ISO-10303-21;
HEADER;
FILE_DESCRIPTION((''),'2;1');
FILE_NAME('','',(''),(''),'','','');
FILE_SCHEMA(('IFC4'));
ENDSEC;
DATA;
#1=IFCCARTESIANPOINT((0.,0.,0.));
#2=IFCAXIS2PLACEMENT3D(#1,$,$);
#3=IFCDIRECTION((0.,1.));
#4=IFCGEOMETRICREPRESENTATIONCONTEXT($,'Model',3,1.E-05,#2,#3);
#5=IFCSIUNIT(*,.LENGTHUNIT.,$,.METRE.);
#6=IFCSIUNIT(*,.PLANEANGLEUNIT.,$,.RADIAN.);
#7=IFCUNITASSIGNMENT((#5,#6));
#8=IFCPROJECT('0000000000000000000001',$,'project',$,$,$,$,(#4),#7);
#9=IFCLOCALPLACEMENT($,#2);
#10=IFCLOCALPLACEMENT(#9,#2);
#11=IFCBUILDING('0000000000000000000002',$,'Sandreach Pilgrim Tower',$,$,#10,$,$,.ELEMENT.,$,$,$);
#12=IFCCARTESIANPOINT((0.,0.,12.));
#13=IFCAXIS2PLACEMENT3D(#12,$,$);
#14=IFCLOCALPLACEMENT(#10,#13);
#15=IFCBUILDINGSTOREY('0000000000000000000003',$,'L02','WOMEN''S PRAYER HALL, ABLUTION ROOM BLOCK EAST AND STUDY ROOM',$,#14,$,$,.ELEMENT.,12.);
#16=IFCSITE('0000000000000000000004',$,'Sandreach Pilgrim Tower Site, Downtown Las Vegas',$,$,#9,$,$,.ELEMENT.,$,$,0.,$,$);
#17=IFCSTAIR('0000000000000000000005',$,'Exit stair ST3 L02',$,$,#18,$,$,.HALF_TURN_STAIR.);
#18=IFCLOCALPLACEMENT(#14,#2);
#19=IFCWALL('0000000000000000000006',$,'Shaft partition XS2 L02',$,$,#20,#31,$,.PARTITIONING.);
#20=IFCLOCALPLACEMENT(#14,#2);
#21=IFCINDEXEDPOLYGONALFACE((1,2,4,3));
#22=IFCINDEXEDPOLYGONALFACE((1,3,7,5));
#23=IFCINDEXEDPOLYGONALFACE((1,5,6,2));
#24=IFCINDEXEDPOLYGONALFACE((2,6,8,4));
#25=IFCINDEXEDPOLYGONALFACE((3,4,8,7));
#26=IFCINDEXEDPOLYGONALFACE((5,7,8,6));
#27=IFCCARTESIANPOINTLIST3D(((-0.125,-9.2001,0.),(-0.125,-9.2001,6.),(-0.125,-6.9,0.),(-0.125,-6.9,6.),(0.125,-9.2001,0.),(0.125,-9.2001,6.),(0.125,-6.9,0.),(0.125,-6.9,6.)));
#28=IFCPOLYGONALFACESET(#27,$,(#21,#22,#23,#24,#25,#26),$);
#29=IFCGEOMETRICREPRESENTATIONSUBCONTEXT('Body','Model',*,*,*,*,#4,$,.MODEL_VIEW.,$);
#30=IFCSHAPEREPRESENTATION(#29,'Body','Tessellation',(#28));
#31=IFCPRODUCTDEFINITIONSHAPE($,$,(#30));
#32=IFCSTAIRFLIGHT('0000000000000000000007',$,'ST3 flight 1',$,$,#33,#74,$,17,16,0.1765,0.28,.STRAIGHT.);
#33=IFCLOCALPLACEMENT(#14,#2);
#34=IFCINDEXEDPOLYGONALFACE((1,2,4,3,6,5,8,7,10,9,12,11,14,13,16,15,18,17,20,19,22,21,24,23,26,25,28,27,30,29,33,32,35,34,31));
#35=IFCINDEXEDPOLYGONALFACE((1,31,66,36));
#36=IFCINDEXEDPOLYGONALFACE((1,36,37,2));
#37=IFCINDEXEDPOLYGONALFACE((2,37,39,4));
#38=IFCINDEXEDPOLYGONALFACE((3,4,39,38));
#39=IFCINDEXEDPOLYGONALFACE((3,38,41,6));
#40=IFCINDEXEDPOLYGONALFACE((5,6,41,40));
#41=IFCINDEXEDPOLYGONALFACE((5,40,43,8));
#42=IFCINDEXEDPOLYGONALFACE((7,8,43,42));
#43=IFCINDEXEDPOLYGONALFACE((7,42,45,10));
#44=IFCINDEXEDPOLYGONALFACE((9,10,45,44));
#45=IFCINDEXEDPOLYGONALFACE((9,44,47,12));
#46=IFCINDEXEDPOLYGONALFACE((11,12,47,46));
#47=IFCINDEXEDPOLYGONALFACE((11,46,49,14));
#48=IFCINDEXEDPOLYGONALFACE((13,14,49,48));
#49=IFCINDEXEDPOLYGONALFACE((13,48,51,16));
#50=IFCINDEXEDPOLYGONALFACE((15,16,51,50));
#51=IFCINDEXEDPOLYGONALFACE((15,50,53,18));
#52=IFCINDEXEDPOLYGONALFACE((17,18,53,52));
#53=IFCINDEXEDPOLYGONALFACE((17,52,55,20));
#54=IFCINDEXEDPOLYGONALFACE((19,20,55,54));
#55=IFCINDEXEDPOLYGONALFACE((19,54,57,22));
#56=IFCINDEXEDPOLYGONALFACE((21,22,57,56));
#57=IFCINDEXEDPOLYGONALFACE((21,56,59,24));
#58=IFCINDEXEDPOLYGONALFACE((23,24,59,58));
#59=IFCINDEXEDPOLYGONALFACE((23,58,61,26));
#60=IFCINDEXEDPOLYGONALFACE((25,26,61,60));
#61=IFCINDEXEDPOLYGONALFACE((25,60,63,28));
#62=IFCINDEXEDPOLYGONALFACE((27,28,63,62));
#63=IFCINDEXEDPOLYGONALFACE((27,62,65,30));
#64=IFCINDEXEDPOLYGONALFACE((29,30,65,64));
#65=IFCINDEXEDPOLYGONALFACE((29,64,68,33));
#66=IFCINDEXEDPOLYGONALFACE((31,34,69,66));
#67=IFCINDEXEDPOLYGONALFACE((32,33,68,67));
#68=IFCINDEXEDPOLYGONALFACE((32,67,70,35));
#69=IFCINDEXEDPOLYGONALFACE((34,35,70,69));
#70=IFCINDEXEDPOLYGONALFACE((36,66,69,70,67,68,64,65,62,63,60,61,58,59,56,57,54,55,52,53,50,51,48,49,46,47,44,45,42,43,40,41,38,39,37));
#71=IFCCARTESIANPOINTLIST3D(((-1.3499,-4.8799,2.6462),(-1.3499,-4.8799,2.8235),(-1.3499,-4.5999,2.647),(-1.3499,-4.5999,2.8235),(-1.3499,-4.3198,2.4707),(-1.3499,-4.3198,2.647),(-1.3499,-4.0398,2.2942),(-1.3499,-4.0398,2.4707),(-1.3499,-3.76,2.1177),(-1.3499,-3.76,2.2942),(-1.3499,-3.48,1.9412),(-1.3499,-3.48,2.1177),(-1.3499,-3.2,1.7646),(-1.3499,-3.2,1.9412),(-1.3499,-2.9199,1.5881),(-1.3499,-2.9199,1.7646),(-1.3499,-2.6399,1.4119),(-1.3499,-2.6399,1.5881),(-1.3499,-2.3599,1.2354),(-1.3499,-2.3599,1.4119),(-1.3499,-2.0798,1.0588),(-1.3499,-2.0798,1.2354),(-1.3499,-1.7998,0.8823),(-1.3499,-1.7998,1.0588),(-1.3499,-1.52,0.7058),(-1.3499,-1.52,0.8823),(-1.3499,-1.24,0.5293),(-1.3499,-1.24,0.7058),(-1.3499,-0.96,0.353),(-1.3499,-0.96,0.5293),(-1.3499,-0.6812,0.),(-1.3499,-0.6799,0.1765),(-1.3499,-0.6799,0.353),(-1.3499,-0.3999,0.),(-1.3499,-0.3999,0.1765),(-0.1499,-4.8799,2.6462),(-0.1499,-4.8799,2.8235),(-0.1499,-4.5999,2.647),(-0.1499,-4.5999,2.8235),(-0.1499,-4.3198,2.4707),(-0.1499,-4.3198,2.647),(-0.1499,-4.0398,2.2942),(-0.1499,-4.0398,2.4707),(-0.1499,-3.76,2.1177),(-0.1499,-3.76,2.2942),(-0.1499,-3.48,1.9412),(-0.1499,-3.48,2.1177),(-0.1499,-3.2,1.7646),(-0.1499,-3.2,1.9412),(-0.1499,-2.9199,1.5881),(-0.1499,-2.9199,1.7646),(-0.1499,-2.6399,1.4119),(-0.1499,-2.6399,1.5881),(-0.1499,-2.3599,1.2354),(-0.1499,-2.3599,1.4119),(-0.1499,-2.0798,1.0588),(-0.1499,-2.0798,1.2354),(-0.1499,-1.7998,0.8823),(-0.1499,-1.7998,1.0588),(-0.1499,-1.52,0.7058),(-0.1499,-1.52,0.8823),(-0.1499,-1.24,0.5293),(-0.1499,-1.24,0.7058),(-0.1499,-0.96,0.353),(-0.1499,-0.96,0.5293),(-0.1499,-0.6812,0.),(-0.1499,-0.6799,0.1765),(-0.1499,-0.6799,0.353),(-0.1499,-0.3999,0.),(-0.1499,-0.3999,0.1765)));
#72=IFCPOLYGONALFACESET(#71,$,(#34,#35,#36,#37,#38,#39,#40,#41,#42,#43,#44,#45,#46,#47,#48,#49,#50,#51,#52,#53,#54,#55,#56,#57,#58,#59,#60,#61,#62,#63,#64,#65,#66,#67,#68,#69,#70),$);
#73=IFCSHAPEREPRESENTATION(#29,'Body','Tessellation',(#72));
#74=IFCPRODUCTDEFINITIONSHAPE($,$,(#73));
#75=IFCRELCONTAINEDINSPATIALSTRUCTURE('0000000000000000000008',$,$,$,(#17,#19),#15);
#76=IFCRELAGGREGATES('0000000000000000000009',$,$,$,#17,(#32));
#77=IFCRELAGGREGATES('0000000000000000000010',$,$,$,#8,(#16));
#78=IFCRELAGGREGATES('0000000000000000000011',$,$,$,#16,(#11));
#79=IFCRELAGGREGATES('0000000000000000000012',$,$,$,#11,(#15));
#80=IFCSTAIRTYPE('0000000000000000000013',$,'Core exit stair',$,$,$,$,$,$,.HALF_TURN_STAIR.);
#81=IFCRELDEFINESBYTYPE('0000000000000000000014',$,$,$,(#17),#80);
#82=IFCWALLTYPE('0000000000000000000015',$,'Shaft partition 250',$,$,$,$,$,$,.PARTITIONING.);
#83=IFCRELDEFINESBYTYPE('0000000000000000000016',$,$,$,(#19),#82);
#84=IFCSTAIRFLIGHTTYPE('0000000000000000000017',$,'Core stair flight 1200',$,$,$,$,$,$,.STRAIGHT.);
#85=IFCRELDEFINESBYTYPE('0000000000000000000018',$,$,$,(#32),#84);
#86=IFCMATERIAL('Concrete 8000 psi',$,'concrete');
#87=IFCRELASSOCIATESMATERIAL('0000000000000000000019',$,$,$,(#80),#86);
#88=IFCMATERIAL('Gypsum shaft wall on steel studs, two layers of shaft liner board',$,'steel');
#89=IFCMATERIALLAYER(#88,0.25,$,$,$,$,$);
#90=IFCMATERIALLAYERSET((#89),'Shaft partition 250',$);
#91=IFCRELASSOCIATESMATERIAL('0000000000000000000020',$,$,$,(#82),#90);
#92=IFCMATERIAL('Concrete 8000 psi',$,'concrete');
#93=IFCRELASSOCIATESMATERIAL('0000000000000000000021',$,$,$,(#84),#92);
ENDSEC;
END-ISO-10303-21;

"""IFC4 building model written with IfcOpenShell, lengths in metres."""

from ifc_helpers import new_model, si_unit, direction, frame, frame_2d, origin, place, context, subcontext, project, spatial, polyline, rectangle, outline, extrude, material, layer, layer_set, type_object, element, aggregate, save


model = new_model("IFC4")

# Units and contexts
model_context = context("Model", 3, precision=1e-05, world=origin(), true_north=direction((0.0, 1.0)))
body_context = subcontext(model_context, "Body", "Model", "MODEL_VIEW")
ifc_project = project(units=[si_unit("LENGTHUNIT", "METRE"), si_unit("PLANEANGLEUNIT", "RADIAN")], contexts=[model_context])

# Site, building, storey
site_placement = place(None, origin())
site = spatial("IfcSite", under=ifc_project, at=site_placement, Name="Sandreach Pilgrim Tower Site, Downtown Las Vegas", CompositionType="ELEMENT", RefElevation=0.0)
building_placement = place(site_placement, origin())
building = spatial("IfcBuilding", under=site, at=building_placement, Name="Sandreach Pilgrim Tower", CompositionType="ELEMENT")
storey_placement = place(building_placement, frame((0.0, 0.0, 12.0)))
storey = spatial("IfcBuildingStorey", under=building, at=storey_placement, Name="L02", Description="WOMEN'S PRAYER HALL, ABLUTION ROOM BLOCK EAST AND STUDY ROOM", CompositionType="ELEMENT", Elevation=12.0)

# Stair
ifc_material_1 = material(Name="Concrete 8000 psi", Category="concrete")
stair_type = type_object("IfcStairType", Name="Core exit stair", PredefinedType="HALF_TURN_STAIR", material=ifc_material_1)
stair_1_placement = place(storey_placement, origin())
stair_1 = element("IfcStair", 1, at=stair_1_placement, inside=storey, type_object=stair_type, Name="Exit stair ST3 L02", PredefinedType="HALF_TURN_STAIR")

# Wall
ifc_material_2 = material(Name="Gypsum shaft wall on steel studs, two layers of shaft liner board", Category="steel")
ifc_layer_1 = layer(ifc_material_2, 0.25)
ifc_layer_set_1 = layer_set([ifc_layer_1], Name="Shaft partition 250")
wall_type_1 = type_object("IfcWallType", Name="Shaft partition 250", PredefinedType="PARTITIONING", material=ifc_layer_set_1)
for number, where, z_axis, x_axis, name in (
    (2, (0.0, -9.2, 0.0), (0.0, 0.0, 1.0), (0.0, 1.0, 0.0), "Shaft partition XS2 L02"),
):
    element("IfcWall", number, at=place(storey_placement, frame(where, z_axis=z_axis, x_axis=x_axis)), inside=storey, type_object=wall_type_1, Name=name, PredefinedType="PARTITIONING", context=body_context, shape_type="SweptSolid", body=[
        extrude(rectangle(XDim=2.3, YDim=0.25, at=frame_2d((1.1499, 0.0))), origin(), (0.0, 0.0, 1.0), 6.0),
    ])

# Stair flight
ifc_material_3 = material(Name="Concrete 8000 psi", Category="concrete")
stair_flight_type = type_object("IfcStairFlightType", Name="Core stair flight 1200", PredefinedType="STRAIGHT", material=ifc_material_3)
stair_flight_placement = place(storey_placement, frame((-0.75, -0.3999, 0.0), z_axis=(0.0, 0.0, 1.0), x_axis=(0.0, -1.0, 0.0)))
stair_flight = element("IfcStairFlight", 3, at=stair_flight_placement, type_object=stair_flight_type, Name="ST3 flight 1", NumberOfRisers=17, NumberOfTreads=16, PredefinedType="STRAIGHT", RiserHeight=0.1765, TreadLength=0.28, context=body_context, shape_type="SweptSolid", body=[
    extrude(outline(polyline([(0.0, 0.0), (0.0, 0.1765), (0.28, 0.1765), (0.28, 0.353), (0.5601, 0.353), (0.5601, 0.5293), (0.8401, 0.5293), (0.8401, 0.7058), (1.1201, 0.7058), (1.1201, 0.8823), (1.3999, 0.8823), (1.3999, 1.0588), (1.6799, 1.0588), (1.6799, 1.2354), (1.96, 1.2354), (1.96, 1.4119), (2.24, 1.4119), (2.24, 1.5881), (2.52, 1.5881), (2.52, 1.7646), (2.8, 1.7646), (2.8, 1.9412), (3.0801, 1.9412), (3.0801, 2.1177), (3.3601, 2.1177), (3.3601, 2.2942), (3.6399, 2.2942), (3.6399, 2.4707), (3.9199, 2.4707), (3.9199, 2.647), (4.2, 2.647), (4.2, 2.8235), (4.48, 2.8235), (4.48, 3.0), (4.48, 2.6462), (0.2812, 0.0), (0.0, 0.0)])), frame((0.0, 0.6001, 0.0), z_axis=(0.0, -1.0, 0.0), x_axis=(1.0, 0.0, 0.0)), (0.0, 0.0, 1.0), 1.2),
])
aggregate(stair_1, [stair_flight])

save(model, "model.ifc")
